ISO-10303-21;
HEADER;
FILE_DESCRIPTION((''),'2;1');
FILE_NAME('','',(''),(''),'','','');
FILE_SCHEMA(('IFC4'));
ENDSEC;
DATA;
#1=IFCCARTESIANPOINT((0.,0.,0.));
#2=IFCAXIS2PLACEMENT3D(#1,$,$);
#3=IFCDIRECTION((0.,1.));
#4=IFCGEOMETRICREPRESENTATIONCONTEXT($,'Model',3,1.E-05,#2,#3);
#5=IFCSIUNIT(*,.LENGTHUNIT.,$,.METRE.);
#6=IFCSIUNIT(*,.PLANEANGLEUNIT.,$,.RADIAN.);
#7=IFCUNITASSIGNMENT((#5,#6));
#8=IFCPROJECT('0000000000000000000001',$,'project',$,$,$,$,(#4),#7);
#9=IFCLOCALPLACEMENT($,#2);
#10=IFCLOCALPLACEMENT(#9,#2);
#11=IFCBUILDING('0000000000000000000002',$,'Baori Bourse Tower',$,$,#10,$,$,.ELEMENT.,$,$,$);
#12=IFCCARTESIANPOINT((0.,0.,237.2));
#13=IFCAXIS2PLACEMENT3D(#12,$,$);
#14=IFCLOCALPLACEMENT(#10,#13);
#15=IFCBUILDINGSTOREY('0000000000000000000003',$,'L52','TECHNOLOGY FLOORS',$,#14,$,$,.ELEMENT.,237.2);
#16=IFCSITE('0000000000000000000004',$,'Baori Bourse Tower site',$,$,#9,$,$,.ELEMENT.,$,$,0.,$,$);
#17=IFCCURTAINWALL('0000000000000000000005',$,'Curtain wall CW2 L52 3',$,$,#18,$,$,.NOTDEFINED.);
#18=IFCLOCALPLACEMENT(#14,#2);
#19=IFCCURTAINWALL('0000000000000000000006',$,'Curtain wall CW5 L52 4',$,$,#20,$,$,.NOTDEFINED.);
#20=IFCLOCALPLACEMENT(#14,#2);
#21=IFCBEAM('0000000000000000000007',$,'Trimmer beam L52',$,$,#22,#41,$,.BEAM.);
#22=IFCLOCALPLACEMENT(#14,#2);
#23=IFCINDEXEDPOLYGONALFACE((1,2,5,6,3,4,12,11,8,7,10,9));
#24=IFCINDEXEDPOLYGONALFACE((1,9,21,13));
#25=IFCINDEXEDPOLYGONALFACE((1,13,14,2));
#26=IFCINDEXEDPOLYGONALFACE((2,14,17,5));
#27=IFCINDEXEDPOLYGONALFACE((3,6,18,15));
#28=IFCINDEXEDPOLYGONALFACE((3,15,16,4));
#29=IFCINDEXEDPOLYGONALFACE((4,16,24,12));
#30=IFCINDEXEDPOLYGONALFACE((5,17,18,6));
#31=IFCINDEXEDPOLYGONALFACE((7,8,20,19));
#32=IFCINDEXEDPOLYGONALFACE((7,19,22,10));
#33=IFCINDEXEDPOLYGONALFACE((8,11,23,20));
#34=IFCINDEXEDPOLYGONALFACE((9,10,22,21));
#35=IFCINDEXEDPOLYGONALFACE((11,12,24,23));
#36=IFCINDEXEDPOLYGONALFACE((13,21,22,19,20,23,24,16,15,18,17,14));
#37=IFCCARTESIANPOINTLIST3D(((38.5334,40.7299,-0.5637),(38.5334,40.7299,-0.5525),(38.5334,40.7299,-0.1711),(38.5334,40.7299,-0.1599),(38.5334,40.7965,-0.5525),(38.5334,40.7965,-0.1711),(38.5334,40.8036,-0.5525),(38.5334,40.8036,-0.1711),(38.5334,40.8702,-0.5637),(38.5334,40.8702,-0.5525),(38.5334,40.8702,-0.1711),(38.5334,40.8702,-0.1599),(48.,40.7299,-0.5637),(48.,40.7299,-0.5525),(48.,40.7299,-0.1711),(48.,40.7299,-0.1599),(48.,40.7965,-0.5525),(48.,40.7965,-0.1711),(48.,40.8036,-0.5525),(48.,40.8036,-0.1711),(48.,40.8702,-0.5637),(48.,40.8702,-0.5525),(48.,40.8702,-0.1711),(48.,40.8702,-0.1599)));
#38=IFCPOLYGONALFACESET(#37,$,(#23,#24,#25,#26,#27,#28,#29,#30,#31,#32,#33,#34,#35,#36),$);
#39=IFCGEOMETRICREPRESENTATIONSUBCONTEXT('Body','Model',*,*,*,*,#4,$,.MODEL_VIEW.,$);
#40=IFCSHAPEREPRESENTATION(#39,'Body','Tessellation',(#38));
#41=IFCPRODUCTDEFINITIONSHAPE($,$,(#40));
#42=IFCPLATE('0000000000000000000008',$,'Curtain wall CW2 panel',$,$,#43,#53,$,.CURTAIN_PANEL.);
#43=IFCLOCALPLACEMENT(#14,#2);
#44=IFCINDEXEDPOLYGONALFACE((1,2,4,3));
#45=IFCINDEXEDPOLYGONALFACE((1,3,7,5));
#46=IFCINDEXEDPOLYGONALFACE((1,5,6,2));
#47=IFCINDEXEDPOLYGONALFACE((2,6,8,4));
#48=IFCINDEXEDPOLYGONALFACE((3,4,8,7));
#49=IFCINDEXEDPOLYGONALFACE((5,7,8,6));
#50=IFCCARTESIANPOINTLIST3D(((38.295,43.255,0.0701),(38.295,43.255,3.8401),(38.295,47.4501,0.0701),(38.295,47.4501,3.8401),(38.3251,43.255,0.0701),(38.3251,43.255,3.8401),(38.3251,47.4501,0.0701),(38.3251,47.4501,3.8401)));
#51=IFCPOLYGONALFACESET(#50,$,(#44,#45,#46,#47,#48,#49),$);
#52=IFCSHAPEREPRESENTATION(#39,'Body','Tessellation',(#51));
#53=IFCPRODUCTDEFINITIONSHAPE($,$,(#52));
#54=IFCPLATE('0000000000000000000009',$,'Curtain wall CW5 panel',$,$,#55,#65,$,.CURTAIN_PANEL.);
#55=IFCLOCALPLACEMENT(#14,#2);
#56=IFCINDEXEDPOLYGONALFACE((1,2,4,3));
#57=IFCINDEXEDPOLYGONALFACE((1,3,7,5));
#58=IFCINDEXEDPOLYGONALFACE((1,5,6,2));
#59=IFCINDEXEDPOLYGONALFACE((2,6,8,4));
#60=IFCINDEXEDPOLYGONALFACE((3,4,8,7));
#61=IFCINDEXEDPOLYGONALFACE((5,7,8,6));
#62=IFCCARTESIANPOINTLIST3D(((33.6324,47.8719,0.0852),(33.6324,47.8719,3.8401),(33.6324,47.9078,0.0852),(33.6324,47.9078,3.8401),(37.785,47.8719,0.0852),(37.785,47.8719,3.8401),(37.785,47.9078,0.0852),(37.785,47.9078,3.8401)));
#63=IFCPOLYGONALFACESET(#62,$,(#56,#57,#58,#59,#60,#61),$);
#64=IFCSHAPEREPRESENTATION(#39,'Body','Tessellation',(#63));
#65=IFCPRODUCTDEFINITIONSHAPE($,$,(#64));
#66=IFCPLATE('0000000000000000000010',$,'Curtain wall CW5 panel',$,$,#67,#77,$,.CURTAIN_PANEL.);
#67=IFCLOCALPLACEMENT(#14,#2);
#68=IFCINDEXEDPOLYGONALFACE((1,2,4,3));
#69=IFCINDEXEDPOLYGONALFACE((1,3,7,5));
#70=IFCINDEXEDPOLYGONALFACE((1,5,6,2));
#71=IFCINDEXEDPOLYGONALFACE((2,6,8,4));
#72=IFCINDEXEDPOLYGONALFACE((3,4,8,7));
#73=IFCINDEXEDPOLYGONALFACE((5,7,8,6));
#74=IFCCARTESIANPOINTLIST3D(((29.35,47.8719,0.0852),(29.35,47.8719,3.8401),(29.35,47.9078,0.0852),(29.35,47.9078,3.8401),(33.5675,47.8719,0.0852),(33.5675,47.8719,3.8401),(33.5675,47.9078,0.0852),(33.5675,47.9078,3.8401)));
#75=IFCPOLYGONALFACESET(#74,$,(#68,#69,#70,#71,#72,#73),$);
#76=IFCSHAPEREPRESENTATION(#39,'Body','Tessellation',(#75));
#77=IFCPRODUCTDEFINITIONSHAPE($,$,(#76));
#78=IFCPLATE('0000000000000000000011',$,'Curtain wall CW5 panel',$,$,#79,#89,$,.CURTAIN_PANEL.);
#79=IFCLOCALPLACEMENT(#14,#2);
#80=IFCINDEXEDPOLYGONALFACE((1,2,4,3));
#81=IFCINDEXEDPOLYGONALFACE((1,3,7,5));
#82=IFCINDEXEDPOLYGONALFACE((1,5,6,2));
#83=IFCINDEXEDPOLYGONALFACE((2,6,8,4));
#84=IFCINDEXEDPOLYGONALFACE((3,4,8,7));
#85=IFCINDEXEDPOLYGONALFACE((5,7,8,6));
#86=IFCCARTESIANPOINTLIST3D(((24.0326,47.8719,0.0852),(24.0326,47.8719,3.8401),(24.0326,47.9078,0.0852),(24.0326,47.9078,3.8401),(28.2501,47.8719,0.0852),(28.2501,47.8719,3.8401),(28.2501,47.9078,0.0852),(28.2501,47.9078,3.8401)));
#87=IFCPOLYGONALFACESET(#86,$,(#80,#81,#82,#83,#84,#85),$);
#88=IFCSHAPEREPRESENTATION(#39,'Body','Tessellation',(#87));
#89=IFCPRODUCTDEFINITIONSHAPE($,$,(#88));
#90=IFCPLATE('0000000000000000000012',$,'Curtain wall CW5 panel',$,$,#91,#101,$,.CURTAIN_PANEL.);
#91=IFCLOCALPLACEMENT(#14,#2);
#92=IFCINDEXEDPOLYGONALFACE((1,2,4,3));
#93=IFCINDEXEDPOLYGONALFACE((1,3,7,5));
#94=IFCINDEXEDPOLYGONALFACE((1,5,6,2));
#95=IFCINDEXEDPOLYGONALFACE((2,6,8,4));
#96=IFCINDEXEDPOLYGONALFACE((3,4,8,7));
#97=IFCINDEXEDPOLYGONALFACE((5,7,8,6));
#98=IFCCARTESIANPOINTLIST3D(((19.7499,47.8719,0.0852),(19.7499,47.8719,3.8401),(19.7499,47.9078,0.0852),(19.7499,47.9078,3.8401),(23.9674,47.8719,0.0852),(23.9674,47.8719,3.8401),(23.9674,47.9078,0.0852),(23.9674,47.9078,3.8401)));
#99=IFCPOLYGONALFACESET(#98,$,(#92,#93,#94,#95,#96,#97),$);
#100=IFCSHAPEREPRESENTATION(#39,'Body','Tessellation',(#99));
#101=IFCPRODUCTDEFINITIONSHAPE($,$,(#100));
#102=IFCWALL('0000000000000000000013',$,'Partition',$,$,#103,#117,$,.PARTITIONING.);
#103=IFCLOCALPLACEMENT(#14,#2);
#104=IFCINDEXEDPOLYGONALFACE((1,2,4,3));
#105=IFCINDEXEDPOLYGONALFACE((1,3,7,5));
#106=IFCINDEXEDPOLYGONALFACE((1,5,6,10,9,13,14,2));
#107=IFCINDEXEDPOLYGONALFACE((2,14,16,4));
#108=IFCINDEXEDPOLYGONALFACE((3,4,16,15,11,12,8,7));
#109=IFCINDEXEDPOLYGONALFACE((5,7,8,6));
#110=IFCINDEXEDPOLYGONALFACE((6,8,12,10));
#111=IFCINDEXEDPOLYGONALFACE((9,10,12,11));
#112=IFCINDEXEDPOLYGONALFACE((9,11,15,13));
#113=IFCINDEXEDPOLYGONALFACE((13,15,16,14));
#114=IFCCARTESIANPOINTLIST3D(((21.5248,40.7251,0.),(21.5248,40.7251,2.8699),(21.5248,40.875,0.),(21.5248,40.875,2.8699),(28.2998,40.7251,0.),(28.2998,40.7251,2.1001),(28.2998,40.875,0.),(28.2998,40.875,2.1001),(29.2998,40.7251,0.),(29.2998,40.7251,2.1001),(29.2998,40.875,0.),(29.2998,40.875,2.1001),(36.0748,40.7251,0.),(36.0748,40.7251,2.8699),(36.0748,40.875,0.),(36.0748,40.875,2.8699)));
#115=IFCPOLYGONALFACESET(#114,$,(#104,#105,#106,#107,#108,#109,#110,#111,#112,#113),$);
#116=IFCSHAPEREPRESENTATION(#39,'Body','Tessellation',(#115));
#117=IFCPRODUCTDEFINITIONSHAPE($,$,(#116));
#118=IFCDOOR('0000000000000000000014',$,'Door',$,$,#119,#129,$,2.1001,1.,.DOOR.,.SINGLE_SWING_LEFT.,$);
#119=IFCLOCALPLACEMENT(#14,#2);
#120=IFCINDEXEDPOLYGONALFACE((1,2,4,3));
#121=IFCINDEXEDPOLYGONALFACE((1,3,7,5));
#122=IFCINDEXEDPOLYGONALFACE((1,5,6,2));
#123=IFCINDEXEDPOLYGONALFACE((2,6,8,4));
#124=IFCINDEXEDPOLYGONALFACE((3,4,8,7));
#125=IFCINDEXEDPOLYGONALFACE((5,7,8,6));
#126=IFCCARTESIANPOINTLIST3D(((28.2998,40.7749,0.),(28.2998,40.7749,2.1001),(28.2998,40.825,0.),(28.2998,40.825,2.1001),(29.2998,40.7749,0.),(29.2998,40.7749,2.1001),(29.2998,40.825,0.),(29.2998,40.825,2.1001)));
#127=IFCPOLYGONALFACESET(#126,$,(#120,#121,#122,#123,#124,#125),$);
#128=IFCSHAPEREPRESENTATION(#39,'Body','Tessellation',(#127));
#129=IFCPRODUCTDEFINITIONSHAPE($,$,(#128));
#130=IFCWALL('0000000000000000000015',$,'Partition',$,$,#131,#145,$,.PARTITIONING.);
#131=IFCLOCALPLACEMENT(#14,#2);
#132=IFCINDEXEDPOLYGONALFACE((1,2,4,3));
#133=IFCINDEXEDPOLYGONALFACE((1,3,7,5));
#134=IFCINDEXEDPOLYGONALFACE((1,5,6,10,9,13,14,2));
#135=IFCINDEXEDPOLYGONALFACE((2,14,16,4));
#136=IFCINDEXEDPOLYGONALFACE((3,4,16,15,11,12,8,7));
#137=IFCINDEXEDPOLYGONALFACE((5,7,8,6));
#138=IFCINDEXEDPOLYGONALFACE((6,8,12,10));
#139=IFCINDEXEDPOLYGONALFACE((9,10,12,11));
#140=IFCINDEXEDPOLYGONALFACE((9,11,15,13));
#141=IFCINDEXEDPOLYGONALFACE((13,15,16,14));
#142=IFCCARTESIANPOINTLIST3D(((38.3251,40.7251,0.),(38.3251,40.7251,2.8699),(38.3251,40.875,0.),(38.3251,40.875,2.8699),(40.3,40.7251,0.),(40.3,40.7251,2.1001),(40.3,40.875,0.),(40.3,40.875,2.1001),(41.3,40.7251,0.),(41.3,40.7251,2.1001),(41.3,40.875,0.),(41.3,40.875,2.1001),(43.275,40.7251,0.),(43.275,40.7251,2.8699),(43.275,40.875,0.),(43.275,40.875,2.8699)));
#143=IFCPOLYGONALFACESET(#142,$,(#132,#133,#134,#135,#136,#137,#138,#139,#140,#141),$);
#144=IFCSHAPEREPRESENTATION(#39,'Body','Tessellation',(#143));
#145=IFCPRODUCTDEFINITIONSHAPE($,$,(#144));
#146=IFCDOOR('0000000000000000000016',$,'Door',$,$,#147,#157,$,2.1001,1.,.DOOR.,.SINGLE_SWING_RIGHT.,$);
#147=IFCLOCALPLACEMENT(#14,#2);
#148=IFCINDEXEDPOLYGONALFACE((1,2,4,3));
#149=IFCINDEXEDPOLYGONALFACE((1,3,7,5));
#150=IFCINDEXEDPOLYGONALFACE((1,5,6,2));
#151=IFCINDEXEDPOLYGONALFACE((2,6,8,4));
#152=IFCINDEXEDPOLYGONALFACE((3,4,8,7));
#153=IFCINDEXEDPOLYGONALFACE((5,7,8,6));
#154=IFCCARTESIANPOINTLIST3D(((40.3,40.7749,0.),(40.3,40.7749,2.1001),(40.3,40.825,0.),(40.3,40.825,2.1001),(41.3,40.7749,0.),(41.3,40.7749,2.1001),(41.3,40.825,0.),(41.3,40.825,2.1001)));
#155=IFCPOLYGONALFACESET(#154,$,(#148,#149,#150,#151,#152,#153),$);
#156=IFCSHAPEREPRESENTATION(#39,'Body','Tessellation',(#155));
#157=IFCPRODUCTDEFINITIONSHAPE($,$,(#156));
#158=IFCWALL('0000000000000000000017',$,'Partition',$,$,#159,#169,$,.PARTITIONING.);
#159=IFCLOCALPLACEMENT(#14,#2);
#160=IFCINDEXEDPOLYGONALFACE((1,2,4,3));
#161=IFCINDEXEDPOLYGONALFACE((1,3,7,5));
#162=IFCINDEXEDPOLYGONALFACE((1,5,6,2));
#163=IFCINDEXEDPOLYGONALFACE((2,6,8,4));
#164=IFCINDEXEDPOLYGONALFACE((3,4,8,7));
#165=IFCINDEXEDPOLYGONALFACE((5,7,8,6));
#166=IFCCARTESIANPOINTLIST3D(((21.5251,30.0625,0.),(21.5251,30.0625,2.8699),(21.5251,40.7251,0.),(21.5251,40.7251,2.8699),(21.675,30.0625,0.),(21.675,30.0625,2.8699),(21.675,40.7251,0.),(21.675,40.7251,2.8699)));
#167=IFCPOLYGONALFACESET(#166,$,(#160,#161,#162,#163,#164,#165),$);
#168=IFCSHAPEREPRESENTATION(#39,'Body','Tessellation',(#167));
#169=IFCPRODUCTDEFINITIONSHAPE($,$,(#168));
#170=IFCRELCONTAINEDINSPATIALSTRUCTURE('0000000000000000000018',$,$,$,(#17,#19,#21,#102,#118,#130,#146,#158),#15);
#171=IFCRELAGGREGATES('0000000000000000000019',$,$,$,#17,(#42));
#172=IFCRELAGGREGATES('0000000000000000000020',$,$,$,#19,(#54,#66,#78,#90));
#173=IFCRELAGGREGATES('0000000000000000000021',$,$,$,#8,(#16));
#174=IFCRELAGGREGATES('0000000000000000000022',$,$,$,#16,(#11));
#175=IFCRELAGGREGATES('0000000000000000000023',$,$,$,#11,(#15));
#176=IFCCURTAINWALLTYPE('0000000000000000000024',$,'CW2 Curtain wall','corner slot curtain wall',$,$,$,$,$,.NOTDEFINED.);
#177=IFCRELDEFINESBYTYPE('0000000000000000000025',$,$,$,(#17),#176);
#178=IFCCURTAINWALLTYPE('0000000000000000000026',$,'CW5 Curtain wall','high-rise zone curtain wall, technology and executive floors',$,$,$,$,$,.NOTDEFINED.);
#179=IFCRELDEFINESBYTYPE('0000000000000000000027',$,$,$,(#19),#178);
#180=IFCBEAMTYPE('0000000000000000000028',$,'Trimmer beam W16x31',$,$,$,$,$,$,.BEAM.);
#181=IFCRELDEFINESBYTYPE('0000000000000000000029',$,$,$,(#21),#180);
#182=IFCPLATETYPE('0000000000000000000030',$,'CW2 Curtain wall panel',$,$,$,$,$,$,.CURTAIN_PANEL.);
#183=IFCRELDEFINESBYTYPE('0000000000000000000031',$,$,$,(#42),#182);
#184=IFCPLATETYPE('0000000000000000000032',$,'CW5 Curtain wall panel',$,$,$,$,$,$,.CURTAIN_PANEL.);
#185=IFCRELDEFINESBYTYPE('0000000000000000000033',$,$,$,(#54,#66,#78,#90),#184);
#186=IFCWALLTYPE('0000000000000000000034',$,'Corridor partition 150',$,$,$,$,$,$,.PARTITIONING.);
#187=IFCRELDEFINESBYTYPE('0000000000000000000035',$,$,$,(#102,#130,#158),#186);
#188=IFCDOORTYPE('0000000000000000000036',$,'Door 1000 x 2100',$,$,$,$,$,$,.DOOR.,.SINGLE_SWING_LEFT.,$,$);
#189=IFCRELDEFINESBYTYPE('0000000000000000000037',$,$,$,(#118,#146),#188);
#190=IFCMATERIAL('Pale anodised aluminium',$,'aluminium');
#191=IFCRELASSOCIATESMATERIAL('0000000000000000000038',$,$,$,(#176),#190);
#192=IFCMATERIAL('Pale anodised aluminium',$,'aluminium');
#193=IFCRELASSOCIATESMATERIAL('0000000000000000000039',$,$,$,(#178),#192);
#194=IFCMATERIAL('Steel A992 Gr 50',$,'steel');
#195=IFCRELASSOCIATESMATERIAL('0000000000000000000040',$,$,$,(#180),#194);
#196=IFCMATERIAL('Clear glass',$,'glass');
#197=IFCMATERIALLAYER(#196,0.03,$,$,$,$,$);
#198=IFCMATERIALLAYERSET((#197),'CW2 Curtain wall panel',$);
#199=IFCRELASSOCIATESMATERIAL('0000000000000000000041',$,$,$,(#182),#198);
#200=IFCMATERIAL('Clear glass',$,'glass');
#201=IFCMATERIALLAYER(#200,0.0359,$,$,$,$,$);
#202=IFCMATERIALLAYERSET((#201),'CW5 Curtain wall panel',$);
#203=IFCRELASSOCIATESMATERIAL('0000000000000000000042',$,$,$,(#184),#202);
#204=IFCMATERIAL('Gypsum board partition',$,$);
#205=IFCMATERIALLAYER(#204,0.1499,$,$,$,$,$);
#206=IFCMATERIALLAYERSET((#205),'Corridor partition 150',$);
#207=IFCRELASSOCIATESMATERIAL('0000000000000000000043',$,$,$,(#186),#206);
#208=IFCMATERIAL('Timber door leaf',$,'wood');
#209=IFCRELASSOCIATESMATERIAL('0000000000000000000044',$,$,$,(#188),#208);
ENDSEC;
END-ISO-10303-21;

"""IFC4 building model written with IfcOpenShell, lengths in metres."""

from ifc_helpers import new_model, si_unit, direction, frame, frame_2d, origin, origin_2d, place, context, subcontext, project, spatial, rectangle, i_section, extrude, material, layer, layer_set, material_profile, profile_set, type_object, element, fill, aggregate, save


model = new_model("IFC4")

# Units and contexts
model_context = context("Model", 3, precision=1e-05, world=origin(), true_north=direction((0.0, 1.0)))
body_context = subcontext(model_context, "Body", "Model", "MODEL_VIEW")
ifc_project = project(units=[si_unit("LENGTHUNIT", "METRE"), si_unit("PLANEANGLEUNIT", "RADIAN")], contexts=[model_context])

# Site, building, storey
site_placement = place(None, origin())
site = spatial("IfcSite", under=ifc_project, at=site_placement, Name="Baori Bourse Tower site", CompositionType="ELEMENT", RefElevation=0.0)
building_placement = place(site_placement, origin())
building = spatial("IfcBuilding", under=site, at=building_placement, Name="Baori Bourse Tower", CompositionType="ELEMENT")
storey_placement = place(building_placement, frame((0.0, 0.0, 237.2)))
storey = spatial("IfcBuildingStorey", under=building, at=storey_placement, Name="L52", Description="TECHNOLOGY FLOORS", CompositionType="ELEMENT", Elevation=237.2)

# Curtain walls
ifc_material_1 = material(Name="Pale anodised aluminium", Category="aluminium")
curtain_wall_type_1 = type_object("IfcCurtainWallType", Name="CW2 Curtain wall", Description="corner slot curtain wall", PredefinedType="NOTDEFINED", material=ifc_material_1)
curtain_wall_1_placement = place(storey_placement, origin())
curtain_wall_1 = element("IfcCurtainWall", 1, at=curtain_wall_1_placement, inside=storey, type_object=curtain_wall_type_1, Name="Curtain wall CW2 L52 3", PredefinedType="NOTDEFINED")
ifc_material_2 = material(Name="Pale anodised aluminium", Category="aluminium")
curtain_wall_type_2 = type_object("IfcCurtainWallType", Name="CW5 Curtain wall", Description="high-rise zone curtain wall, technology and executive floors", PredefinedType="NOTDEFINED", material=ifc_material_2)
curtain_wall_2_placement = place(storey_placement, origin())
curtain_wall_2 = element("IfcCurtainWall", 2, at=curtain_wall_2_placement, inside=storey, type_object=curtain_wall_type_2, Name="Curtain wall CW5 L52 4", PredefinedType="NOTDEFINED")

# Beam
ifc_material_3 = material(Name="Steel A992 Gr 50", Category="steel")
ifc_material_profile_1 = material_profile(ifc_material_3, i_section(OverallWidth=0.1404, OverallDepth=0.4038, WebThickness=0.0071, FlangeThickness=0.0112, at=origin_2d()), Name="W16x31")
ifc_profile_set_1 = profile_set([ifc_material_profile_1], Name="Steel A992 Gr 50")
beam_type_1 = type_object("IfcBeamType", Name="Trimmer beam W16x31", PredefinedType="BEAM", material=ifc_profile_set_1)
beam_1_placement = place(storey_placement, frame((38.5334, 40.8, -0.3618), z_axis=(1.0, 0.0, 0.0), x_axis=(0.0, 1.0, 0.0)))
element("IfcBeam", 3, at=beam_1_placement, inside=storey, type_object=beam_type_1, Name="Trimmer beam L52", PredefinedType="BEAM", context=body_context, shape_type="SweptSolid", body=[
    extrude(i_section(OverallWidth=0.1404, OverallDepth=0.4038, WebThickness=0.0071, FlangeThickness=0.0112, at=origin_2d()), origin(), (0.0, 0.0, 1.0), 9.4666),
])

# Plates
ifc_material_4 = material(Name="Clear glass", Category="glass")
ifc_layer_1 = layer(ifc_material_4, 0.03)
ifc_layer_set_1 = layer_set([ifc_layer_1], Name="CW2 Curtain wall panel")
plate_type_1 = type_object("IfcPlateType", Name="CW2 Curtain wall panel", PredefinedType="CURTAIN_PANEL", material=ifc_layer_set_1)
plate_1_placement = place(storey_placement, frame((38.3101, 45.3525, 0.0701), z_axis=(0.0, 0.0, 1.0), x_axis=(0.0, 1.0, 0.0)))
plate_1 = element("IfcPlate", 4, at=plate_1_placement, type_object=plate_type_1, Name="Curtain wall CW2 panel", PredefinedType="CURTAIN_PANEL", context=body_context, shape_type="SweptSolid", body=[
    extrude(rectangle(XDim=4.1951, YDim=0.03, at=origin_2d()), origin(), (0.0, 0.0, 1.0), 3.77),
])
aggregate(curtain_wall_1, [plate_1])
ifc_material_5 = material(Name="Clear glass", Category="glass")
ifc_layer_2 = layer(ifc_material_5, 0.0359)
ifc_layer_set_2 = layer_set([ifc_layer_2], Name="CW5 Curtain wall panel")
plate_type_2 = type_object("IfcPlateType", Name="CW5 Curtain wall panel", PredefinedType="CURTAIN_PANEL", material=ifc_layer_set_2)
plate_2_placement = place(storey_placement, frame((35.7087, 47.8899, 0.0852), z_axis=(0.0, 0.0, 1.0), x_axis=(-1.0, 0.0, 0.0)))
plate_2 = element("IfcPlate", 5, at=plate_2_placement, type_object=plate_type_2, Name="Curtain wall CW5 panel", PredefinedType="CURTAIN_PANEL", context=body_context, shape_type="SweptSolid", body=[
    extrude(rectangle(XDim=4.1526, YDim=0.0359, at=origin_2d()), origin(), (0.0, 0.0, 1.0), 3.7549),
])
plate_3_placement = place(storey_placement, frame((31.4587, 47.8899, 0.0852), z_axis=(0.0, 0.0, 1.0), x_axis=(-1.0, 0.0, 0.0)))
plate_3 = element("IfcPlate", 6, at=plate_3_placement, type_object=plate_type_2, Name="Curtain wall CW5 panel", PredefinedType="CURTAIN_PANEL", context=body_context, shape_type="SweptSolid", body=[
    extrude(rectangle(XDim=4.2175, YDim=0.0359, at=origin_2d()), origin(), (0.0, 0.0, 1.0), 3.7549),
])
plate_4_placement = place(storey_placement, frame((26.1414, 47.8899, 0.0852), z_axis=(0.0, 0.0, 1.0), x_axis=(-1.0, 0.0, 0.0)))
plate_4 = element("IfcPlate", 7, at=plate_4_placement, type_object=plate_type_2, Name="Curtain wall CW5 panel", PredefinedType="CURTAIN_PANEL", context=body_context, shape_type="SweptSolid", body=[
    extrude(rectangle(XDim=4.2175, YDim=0.0359, at=origin_2d()), origin(), (0.0, 0.0, 1.0), 3.7549),
])
plate_5_placement = place(storey_placement, frame((21.8586, 47.8899, 0.0852), z_axis=(0.0, 0.0, 1.0), x_axis=(-1.0, 0.0, 0.0)))
plate_5 = element("IfcPlate", 8, at=plate_5_placement, type_object=plate_type_2, Name="Curtain wall CW5 panel", PredefinedType="CURTAIN_PANEL", context=body_context, shape_type="SweptSolid", body=[
    extrude(rectangle(XDim=4.2175, YDim=0.0359, at=origin_2d()), origin(), (0.0, 0.0, 1.0), 3.7549),
])
aggregate(curtain_wall_2, [plate_2, plate_3, plate_4, plate_5])

# Walls, openings, doors
ifc_material_6 = material(Name="Gypsum board partition")
ifc_layer_3 = layer(ifc_material_6, 0.1499)
ifc_layer_set_3 = layer_set([ifc_layer_3], Name="Corridor partition 150")
wall_type_1 = type_object("IfcWallType", Name="Corridor partition 150", PredefinedType="PARTITIONING", material=ifc_layer_set_3)
wall_1_placement = place(storey_placement, frame((21.5249, 40.8, 0.0), z_axis=(0.0, 0.0, 1.0), x_axis=(1.0, 0.0, 0.0)))
wall_1 = element("IfcWall", 9, at=wall_1_placement, inside=storey, type_object=wall_type_1, Name="Partition", PredefinedType="PARTITIONING", context=body_context, shape_type="SweptSolid", body=[
    extrude(rectangle(XDim=14.55, YDim=0.1499, at=frame_2d((7.2749, 0.0))), origin(), (0.0, 0.0, 1.0), 2.8699),
])
opening_1_placement = place(wall_1_placement, frame((6.7749, 0.0, 0.0)))
opening_1 = element("IfcOpeningElement", 10, at=opening_1_placement, cuts=wall_1, PredefinedType="OPENING", context=body_context, shape_type="SweptSolid", body=[
    extrude(rectangle(XDim=1.0, YDim=2.1001, at=frame_2d((0.5, 1.05))), frame((0.0, 0.085, 0.0), z_axis=(0.0, -1.0, 0.0), x_axis=(1.0, 0.0, 0.0)), (0.0, 0.0, 1.0), 0.1699),
])
ifc_material_7 = material(Name="Timber door leaf", Category="wood")
door_type = type_object("IfcDoorType", Name="Door 1000 x 2100", OperationType="SINGLE_SWING_LEFT", PredefinedType="DOOR", material=ifc_material_7)
door_1_placement = place(opening_1_placement, origin())
door_1 = element("IfcDoor", 11, at=door_1_placement, inside=storey, type_object=door_type, Name="Door", OperationType="SINGLE_SWING_LEFT", OverallHeight=2.1001, OverallWidth=1.0, PredefinedType="DOOR", context=body_context, shape_type="SweptSolid", body=[
    extrude(rectangle(XDim=1.0, YDim=2.1001, at=frame_2d((0.5, 1.05))), frame((0.0, 0.0249, 0.0), z_axis=(0.0, -1.0, 0.0), x_axis=(1.0, 0.0, 0.0)), (0.0, 0.0, 1.0), 0.05),
])
fill(opening_1, door_1)
wall_2_placement = place(storey_placement, frame((38.325, 40.8, 0.0), z_axis=(0.0, 0.0, 1.0), x_axis=(1.0, 0.0, 0.0)))
wall_2 = element("IfcWall", 12, at=wall_2_placement, inside=storey, type_object=wall_type_1, Name="Partition", PredefinedType="PARTITIONING", context=body_context, shape_type="SweptSolid", body=[
    extrude(rectangle(XDim=4.95, YDim=0.1499, at=frame_2d((2.4751, 0.0))), origin(), (0.0, 0.0, 1.0), 2.8699),
])
opening_2_placement = place(wall_2_placement, frame((1.9751, 0.0, 0.0)))
opening_2 = element("IfcOpeningElement", 13, at=opening_2_placement, cuts=wall_2, PredefinedType="OPENING", context=body_context, shape_type="SweptSolid", body=[
    extrude(rectangle(XDim=1.0, YDim=2.1001, at=frame_2d((0.5, 1.05))), frame((0.0, 0.085, 0.0), z_axis=(0.0, -1.0, 0.0), x_axis=(1.0, 0.0, 0.0)), (0.0, 0.0, 1.0), 0.1699),
])
door_2_placement = place(opening_2_placement, origin())
door_2 = element("IfcDoor", 14, at=door_2_placement, inside=storey, type_object=door_type, Name="Door", OperationType="SINGLE_SWING_RIGHT", OverallHeight=2.1001, OverallWidth=1.0, PredefinedType="DOOR", context=body_context, shape_type="SweptSolid", body=[
    extrude(rectangle(XDim=1.0, YDim=2.1001, at=frame_2d((0.5, 1.05))), frame((0.0, 0.0249, 0.0), z_axis=(0.0, -1.0, 0.0), x_axis=(1.0, 0.0, 0.0)), (0.0, 0.0, 1.0), 0.05),
])
fill(opening_2, door_2)

# Wall
wall_3_placement = place(storey_placement, frame((21.6001, 30.0625, 0.0), z_axis=(0.0, 0.0, 1.0), x_axis=(0.0, 1.0, 0.0)))
element("IfcWall", 15, at=wall_3_placement, inside=storey, type_object=wall_type_1, Name="Partition", PredefinedType="PARTITIONING", context=body_context, shape_type="SweptSolid", body=[
    extrude(rectangle(XDim=10.6626, YDim=0.1499, at=frame_2d((5.3313, 0.0))), origin(), (0.0, 0.0, 1.0), 2.8699),
])

save(model, "model.ifc")
